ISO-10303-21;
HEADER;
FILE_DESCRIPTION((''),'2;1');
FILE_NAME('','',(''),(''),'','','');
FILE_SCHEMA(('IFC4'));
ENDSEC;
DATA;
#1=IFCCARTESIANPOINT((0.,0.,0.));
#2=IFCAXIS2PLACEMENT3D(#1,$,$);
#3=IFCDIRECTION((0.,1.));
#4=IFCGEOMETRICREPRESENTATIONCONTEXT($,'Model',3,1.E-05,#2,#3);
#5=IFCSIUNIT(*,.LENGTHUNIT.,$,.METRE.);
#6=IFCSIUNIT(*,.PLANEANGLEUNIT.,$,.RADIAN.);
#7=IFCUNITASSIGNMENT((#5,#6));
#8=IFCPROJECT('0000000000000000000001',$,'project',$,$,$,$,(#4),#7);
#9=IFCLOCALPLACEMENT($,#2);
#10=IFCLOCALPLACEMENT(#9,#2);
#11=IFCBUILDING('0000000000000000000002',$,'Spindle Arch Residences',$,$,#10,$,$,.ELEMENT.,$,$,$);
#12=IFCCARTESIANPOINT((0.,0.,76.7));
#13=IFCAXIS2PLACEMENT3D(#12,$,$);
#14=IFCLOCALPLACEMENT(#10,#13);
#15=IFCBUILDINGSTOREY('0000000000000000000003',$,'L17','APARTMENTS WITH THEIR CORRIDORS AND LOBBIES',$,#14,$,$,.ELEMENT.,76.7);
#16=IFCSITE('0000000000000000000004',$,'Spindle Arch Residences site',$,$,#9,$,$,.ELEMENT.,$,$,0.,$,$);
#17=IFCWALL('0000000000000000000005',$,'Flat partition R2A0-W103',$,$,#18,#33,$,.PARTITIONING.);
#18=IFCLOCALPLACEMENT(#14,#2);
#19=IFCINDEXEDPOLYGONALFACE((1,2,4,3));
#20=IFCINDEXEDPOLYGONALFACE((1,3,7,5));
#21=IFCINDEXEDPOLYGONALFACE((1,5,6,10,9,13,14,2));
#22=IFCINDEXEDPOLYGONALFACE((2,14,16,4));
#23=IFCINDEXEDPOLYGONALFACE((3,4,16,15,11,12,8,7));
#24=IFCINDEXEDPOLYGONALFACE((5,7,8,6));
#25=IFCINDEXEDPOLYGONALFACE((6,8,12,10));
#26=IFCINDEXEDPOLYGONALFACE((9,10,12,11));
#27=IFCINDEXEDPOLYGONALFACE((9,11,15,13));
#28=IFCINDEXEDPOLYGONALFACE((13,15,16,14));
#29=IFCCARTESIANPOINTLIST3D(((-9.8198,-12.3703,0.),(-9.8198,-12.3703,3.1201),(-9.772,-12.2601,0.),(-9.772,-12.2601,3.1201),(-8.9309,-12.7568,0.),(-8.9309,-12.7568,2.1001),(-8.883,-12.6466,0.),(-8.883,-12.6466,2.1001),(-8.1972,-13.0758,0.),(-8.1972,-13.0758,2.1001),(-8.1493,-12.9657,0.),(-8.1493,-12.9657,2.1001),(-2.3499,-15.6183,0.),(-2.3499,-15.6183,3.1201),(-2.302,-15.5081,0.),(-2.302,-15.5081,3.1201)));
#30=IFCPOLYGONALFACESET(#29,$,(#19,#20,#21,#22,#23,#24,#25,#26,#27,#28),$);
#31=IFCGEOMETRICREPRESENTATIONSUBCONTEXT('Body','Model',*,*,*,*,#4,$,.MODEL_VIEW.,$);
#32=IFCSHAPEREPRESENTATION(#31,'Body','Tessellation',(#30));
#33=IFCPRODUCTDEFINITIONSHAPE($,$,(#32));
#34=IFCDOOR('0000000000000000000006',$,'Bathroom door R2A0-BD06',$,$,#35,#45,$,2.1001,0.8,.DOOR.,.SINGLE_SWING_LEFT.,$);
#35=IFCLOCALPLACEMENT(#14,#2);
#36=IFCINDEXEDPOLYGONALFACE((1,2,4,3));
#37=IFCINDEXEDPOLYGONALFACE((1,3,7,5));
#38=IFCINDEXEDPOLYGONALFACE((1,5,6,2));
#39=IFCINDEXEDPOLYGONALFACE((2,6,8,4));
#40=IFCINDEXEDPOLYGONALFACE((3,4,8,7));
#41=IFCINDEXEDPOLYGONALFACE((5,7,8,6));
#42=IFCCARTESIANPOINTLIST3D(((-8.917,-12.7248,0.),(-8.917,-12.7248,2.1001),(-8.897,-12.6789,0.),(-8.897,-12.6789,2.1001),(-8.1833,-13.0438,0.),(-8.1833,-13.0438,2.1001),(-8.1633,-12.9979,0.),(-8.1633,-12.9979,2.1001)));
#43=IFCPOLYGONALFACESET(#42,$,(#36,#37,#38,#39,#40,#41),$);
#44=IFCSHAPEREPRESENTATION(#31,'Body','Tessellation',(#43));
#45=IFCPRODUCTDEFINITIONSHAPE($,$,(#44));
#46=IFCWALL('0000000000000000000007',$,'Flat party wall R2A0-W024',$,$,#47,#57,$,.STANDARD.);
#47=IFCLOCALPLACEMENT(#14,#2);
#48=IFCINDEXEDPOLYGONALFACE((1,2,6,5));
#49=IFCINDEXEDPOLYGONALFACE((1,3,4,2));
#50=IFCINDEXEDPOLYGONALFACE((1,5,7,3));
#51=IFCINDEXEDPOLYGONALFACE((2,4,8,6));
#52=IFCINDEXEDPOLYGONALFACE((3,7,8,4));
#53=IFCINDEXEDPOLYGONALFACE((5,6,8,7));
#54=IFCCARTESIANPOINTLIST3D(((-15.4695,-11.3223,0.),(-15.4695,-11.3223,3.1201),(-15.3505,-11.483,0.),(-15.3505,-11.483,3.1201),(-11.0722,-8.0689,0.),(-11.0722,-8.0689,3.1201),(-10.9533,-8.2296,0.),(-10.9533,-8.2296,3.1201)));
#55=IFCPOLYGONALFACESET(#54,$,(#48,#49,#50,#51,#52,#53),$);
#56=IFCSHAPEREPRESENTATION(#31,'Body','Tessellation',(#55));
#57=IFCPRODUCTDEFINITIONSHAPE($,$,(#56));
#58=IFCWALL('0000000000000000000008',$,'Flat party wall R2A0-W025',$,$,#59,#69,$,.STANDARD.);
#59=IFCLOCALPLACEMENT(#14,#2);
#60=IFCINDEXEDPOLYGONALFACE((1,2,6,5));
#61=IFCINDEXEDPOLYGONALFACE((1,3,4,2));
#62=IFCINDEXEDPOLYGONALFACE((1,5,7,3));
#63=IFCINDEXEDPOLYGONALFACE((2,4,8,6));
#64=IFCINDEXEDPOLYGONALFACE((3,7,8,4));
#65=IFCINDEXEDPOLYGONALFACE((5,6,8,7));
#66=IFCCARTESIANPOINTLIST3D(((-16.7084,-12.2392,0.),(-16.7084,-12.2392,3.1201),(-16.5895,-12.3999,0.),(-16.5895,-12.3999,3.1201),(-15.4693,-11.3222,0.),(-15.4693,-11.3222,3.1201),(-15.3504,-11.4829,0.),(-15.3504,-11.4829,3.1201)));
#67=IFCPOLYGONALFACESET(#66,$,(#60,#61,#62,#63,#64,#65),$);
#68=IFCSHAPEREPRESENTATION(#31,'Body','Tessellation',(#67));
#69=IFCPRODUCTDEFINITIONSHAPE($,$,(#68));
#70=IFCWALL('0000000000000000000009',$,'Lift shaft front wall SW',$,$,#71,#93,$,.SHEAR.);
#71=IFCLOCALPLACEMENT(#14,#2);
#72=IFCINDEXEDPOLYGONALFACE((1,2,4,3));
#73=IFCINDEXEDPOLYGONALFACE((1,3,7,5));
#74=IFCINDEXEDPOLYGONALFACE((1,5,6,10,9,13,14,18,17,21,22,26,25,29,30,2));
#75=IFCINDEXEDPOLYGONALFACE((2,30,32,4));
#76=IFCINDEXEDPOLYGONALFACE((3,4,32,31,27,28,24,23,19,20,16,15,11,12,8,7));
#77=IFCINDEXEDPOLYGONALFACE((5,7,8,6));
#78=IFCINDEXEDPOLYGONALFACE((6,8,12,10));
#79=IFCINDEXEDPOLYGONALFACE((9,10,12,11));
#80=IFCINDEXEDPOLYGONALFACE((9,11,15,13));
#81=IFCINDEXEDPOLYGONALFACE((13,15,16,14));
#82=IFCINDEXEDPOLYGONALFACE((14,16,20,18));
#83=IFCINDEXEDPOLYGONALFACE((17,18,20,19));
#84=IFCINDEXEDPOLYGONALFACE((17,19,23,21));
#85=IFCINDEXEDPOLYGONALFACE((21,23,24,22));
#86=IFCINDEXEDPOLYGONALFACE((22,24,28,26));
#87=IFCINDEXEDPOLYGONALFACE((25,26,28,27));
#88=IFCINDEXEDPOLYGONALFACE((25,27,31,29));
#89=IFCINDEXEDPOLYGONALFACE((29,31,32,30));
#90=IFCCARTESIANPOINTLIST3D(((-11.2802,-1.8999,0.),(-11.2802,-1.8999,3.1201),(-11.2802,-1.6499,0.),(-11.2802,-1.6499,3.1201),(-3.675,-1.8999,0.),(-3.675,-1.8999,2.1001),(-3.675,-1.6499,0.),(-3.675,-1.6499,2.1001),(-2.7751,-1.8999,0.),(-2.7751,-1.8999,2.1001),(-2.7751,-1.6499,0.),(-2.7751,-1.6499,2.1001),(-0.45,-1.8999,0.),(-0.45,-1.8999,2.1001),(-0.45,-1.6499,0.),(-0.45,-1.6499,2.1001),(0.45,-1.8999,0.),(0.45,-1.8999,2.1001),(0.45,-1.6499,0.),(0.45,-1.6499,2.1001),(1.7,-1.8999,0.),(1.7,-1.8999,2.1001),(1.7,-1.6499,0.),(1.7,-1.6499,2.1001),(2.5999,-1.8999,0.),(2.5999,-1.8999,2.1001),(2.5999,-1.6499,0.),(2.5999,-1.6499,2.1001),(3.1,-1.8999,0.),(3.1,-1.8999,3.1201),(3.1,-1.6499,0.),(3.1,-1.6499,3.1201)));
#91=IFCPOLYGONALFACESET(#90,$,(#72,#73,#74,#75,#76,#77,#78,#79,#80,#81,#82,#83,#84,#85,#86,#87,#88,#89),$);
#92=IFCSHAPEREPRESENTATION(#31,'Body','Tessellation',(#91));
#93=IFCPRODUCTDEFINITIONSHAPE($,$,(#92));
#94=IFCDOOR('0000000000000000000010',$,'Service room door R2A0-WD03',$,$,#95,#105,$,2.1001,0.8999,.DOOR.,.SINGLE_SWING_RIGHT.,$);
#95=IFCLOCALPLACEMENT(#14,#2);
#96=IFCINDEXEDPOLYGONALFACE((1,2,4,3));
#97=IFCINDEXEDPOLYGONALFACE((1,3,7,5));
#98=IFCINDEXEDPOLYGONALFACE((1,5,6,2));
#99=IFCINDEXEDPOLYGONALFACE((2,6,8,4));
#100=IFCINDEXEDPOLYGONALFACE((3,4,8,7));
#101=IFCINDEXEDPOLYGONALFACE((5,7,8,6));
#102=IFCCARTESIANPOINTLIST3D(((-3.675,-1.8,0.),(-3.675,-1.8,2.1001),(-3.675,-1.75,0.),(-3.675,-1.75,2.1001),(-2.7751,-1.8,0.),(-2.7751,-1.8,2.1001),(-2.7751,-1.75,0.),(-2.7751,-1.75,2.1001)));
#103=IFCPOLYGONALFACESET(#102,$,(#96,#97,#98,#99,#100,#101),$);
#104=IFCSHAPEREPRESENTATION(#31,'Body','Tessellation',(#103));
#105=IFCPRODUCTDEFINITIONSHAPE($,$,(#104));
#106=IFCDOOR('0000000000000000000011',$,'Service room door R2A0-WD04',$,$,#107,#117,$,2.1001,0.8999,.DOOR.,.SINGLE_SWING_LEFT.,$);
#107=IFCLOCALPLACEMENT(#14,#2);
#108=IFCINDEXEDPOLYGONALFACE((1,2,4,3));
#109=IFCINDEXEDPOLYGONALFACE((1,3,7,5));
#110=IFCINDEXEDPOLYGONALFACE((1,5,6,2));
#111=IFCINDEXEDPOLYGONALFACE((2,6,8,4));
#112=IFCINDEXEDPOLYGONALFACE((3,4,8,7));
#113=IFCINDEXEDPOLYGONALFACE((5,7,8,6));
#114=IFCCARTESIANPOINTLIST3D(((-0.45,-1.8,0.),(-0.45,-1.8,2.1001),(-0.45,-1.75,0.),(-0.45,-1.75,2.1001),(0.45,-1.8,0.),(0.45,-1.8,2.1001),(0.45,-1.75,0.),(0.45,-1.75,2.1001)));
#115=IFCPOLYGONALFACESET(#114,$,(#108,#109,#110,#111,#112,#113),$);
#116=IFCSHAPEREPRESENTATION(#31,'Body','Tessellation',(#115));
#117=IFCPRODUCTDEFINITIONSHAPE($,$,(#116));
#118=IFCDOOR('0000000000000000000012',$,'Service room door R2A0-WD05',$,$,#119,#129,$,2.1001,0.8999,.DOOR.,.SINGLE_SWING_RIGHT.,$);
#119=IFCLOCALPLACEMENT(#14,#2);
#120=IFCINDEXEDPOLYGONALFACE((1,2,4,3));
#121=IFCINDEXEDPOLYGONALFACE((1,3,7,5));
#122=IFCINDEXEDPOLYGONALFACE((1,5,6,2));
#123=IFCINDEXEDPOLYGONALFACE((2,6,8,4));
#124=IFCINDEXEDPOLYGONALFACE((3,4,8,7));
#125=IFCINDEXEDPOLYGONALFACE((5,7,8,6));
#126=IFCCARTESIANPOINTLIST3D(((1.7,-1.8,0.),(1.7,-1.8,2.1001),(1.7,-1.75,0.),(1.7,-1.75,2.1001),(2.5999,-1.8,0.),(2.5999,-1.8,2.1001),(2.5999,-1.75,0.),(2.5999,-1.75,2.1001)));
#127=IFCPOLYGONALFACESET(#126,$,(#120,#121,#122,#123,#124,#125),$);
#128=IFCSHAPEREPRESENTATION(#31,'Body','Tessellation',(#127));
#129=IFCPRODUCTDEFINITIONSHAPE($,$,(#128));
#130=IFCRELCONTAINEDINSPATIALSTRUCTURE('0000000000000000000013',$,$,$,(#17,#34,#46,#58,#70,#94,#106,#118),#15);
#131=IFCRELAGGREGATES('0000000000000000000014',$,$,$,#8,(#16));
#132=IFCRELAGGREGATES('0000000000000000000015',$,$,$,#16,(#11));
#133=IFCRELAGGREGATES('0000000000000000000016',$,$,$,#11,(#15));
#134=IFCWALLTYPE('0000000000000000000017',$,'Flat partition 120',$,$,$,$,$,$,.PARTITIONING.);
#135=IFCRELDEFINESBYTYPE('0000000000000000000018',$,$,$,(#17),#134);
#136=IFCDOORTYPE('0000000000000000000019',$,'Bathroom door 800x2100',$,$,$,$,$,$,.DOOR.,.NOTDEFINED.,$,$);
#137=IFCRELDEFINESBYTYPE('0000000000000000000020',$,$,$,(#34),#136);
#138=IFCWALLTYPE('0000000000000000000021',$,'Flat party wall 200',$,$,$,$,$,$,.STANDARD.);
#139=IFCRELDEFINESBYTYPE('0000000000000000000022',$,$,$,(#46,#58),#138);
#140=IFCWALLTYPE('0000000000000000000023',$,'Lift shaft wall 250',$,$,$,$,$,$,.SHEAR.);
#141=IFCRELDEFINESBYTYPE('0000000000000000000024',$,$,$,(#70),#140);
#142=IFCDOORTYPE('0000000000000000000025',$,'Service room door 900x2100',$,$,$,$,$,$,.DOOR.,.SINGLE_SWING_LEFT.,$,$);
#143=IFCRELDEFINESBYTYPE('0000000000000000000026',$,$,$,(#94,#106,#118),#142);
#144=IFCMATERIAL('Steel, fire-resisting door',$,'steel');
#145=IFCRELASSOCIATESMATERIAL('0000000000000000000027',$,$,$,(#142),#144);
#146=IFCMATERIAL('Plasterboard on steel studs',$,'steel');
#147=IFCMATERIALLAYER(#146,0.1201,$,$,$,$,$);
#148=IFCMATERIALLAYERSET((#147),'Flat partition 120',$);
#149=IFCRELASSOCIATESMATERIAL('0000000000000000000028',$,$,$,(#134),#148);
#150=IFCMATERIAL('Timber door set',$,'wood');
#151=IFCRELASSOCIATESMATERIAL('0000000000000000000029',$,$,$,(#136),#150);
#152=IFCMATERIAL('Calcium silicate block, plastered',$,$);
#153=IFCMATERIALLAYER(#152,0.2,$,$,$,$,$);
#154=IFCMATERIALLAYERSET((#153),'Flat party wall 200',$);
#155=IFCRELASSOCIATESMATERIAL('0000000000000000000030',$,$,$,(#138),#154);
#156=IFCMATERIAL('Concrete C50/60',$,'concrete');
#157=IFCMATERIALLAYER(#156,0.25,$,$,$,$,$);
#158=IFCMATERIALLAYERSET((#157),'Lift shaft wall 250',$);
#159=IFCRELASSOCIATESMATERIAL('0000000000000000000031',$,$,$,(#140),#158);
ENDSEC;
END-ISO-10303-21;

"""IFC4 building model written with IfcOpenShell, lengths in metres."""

from ifc_helpers import new_model, si_unit, direction, frame, frame_2d, origin, place, context, subcontext, project, spatial, rectangle, extrude, material, layer, layer_set, type_object, element, fill, save


model = new_model("IFC4")

# Units and contexts
model_context = context("Model", 3, precision=1e-05, world=origin(), true_north=direction((0.0, 1.0)))
body_context = subcontext(model_context, "Body", "Model", "MODEL_VIEW")
ifc_project = project(units=[si_unit("LENGTHUNIT", "METRE"), si_unit("PLANEANGLEUNIT", "RADIAN")], contexts=[model_context])

# Site, building, storey
site_placement = place(None, origin())
site = spatial("IfcSite", under=ifc_project, at=site_placement, Name="Spindle Arch Residences site", CompositionType="ELEMENT", RefElevation=0.0)
building_placement = place(site_placement, origin())
building = spatial("IfcBuilding", under=site, at=building_placement, Name="Spindle Arch Residences", CompositionType="ELEMENT")
storey_placement = place(building_placement, frame((0.0, 0.0, 76.7)))
storey = spatial("IfcBuildingStorey", under=building, at=storey_placement, Name="L17", Description="APARTMENTS WITH THEIR CORRIDORS AND LOBBIES", CompositionType="ELEMENT", Elevation=76.7)

# Shared definitions
ifc_material_1 = material(Name="Steel, fire-resisting door", Category="steel")
door_type_1 = type_object("IfcDoorType", Name="Service room door 900x2100", OperationType="SINGLE_SWING_LEFT", PredefinedType="DOOR", material=ifc_material_1)

# Shared definitions
ifc_material_2 = material(Name="Plasterboard on steel studs", Category="steel")
ifc_layer_1 = layer(ifc_material_2, 0.1201)
ifc_layer_set_1 = layer_set([ifc_layer_1], Name="Flat partition 120")
wall_type_1 = type_object("IfcWallType", Name="Flat partition 120", PredefinedType="PARTITIONING", material=ifc_layer_set_1)

# Wall, opening, door
wall_1_placement = place(storey_placement, frame((-9.7959, -12.3152, 0.0), z_axis=(0.0, 0.0, 1.0), x_axis=(0.91706, -0.39875, 0.0)))
wall_1 = element("IfcWall", 1, at=wall_1_placement, inside=storey, type_object=wall_type_1, Name="Flat partition R2A0-W103", PredefinedType="PARTITIONING", context=body_context, shape_type="SweptSolid", body=[
    extrude(rectangle(XDim=8.1455, YDim=0.1201, at=frame_2d((4.0728, 0.0))), origin(), (0.0, 0.0, 1.0), 3.1201),
])
opening_1_placement = place(wall_1_placement, frame((0.9695, 0.0, 0.0)))
opening_1 = element("IfcOpeningElement", 2, at=opening_1_placement, cuts=wall_1, PredefinedType="OPENING", context=body_context, shape_type="SweptSolid", body=[
    extrude(rectangle(XDim=0.8, YDim=2.1001, at=frame_2d((0.3999, 1.05))), frame((0.0, 0.0701, 0.0), z_axis=(0.0, -1.0, 0.0), x_axis=(1.0, 0.0, 0.0)), (0.0, 0.0, 1.0), 0.1401),
])
ifc_material_3 = material(Name="Timber door set", Category="wood")
door_type_2 = type_object("IfcDoorType", Name="Bathroom door 800x2100", OperationType="NOTDEFINED", PredefinedType="DOOR", material=ifc_material_3)
door_1_placement = place(opening_1_placement, origin())
door_1 = element("IfcDoor", 3, at=door_1_placement, inside=storey, type_object=door_type_2, Name="Bathroom door R2A0-BD06", OperationType="SINGLE_SWING_LEFT", OverallHeight=2.1001, OverallWidth=0.8, PredefinedType="DOOR", context=body_context, shape_type="SweptSolid", body=[
    extrude(rectangle(XDim=0.8, YDim=2.1001, at=frame_2d((0.3999, 1.05))), frame((0.0, 0.0249, 0.0), z_axis=(0.0, -1.0, 0.0), x_axis=(1.0, 0.0, 0.0)), (0.0, 0.0, 1.0), 0.05),
])
fill(opening_1, door_1)

# Walls
ifc_material_4 = material(Name="Calcium silicate block, plastered")
ifc_layer_2 = layer(ifc_material_4, 0.2)
ifc_layer_set_2 = layer_set([ifc_layer_2], Name="Flat party wall 200")
wall_type_2 = type_object("IfcWallType", Name="Flat party wall 200", PredefinedType="STANDARD", material=ifc_layer_set_2)
wall_2_placement = place(storey_placement, frame((-15.4099, -11.4026, 0.0), z_axis=(0.0, 0.0, 1.0), x_axis=(0.803888, 0.594781, 0.0)))
element("IfcWall", 4, at=wall_2_placement, inside=storey, type_object=wall_type_2, Name="Flat party wall R2A0-W024", PredefinedType="STANDARD", context=body_context, shape_type="SweptSolid", body=[
    extrude(rectangle(XDim=5.47, YDim=0.2, at=frame_2d((2.7349, 0.0))), origin(), (0.0, 0.0, 1.0), 3.1201),
])
wall_3_placement = place(storey_placement, frame((-16.6489, -12.3196, 0.0), z_axis=(0.0, 0.0, 1.0), x_axis=(0.803804, 0.594894, 0.0)))
element("IfcWall", 5, at=wall_3_placement, inside=storey, type_object=wall_type_2, Name="Flat party wall R2A0-W025", PredefinedType="STANDARD", context=body_context, shape_type="SweptSolid", body=[
    extrude(rectangle(XDim=1.5415, YDim=0.2, at=frame_2d((0.7708, 0.0))), origin(), (0.0, 0.0, 1.0), 3.1201),
])

# Wall, openings, doors
ifc_material_5 = material(Name="Concrete C50/60", Category="concrete")
ifc_layer_3 = layer(ifc_material_5, 0.25)
ifc_layer_set_3 = layer_set([ifc_layer_3], Name="Lift shaft wall 250")
wall_type_3 = type_object("IfcWallType", Name="Lift shaft wall 250", PredefinedType="SHEAR", material=ifc_layer_set_3)
wall_4_placement = place(storey_placement, frame((-11.28, -1.7749, 0.0), z_axis=(0.0, 0.0, 1.0), x_axis=(1.0, 0.0, 0.0)))
wall_4 = element("IfcWall", 6, at=wall_4_placement, inside=storey, type_object=wall_type_3, Name="Lift shaft front wall SW", PredefinedType="SHEAR", context=body_context, shape_type="SweptSolid", body=[
    extrude(rectangle(XDim=14.3801, YDim=0.25, at=frame_2d((7.1899, 0.0))), origin(), (0.0, 0.0, 1.0), 3.1201),
])
opening_2_placement = place(wall_4_placement, frame((7.605, 0.0, 0.0)))
opening_2 = element("IfcOpeningElement", 7, at=opening_2_placement, cuts=wall_4, PredefinedType="OPENING", context=body_context, shape_type="SweptSolid", body=[
    extrude(rectangle(XDim=0.8999, YDim=2.1001, at=frame_2d((0.45, 1.05))), frame((0.0, 0.135, 0.0), z_axis=(0.0, -1.0, 0.0), x_axis=(1.0, 0.0, 0.0)), (0.0, 0.0, 1.0), 0.27),
])
opening_3_placement = place(wall_4_placement, frame((10.8301, 0.0, 0.0)))
opening_3 = element("IfcOpeningElement", 8, at=opening_3_placement, cuts=wall_4, PredefinedType="OPENING", context=body_context, shape_type="SweptSolid", body=[
    extrude(rectangle(XDim=0.8999, YDim=2.1001, at=frame_2d((0.45, 1.05))), frame((0.0, 0.135, 0.0), z_axis=(0.0, -1.0, 0.0), x_axis=(1.0, 0.0, 0.0)), (0.0, 0.0, 1.0), 0.27),
])
opening_4_placement = place(wall_4_placement, frame((12.98, 0.0, 0.0)))
opening_4 = element("IfcOpeningElement", 9, at=opening_4_placement, cuts=wall_4, PredefinedType="OPENING", context=body_context, shape_type="SweptSolid", body=[
    extrude(rectangle(XDim=0.8999, YDim=2.1001, at=frame_2d((0.45, 1.05))), frame((0.0, 0.135, 0.0), z_axis=(0.0, -1.0, 0.0), x_axis=(1.0, 0.0, 0.0)), (0.0, 0.0, 1.0), 0.27),
])
door_2_placement = place(opening_2_placement, origin())
door_2 = element("IfcDoor", 10, at=door_2_placement, inside=storey, type_object=door_type_1, Name="Service room door R2A0-WD03", OperationType="SINGLE_SWING_RIGHT", OverallHeight=2.1001, OverallWidth=0.8999, PredefinedType="DOOR", context=body_context, shape_type="SweptSolid", body=[
    extrude(rectangle(XDim=0.8999, YDim=2.1001, at=frame_2d((0.45, 1.05))), frame((0.0, 0.0249, 0.0), z_axis=(0.0, -1.0, 0.0), x_axis=(1.0, 0.0, 0.0)), (0.0, 0.0, 1.0), 0.05),
])
fill(opening_2, door_2)
door_3_placement = place(opening_3_placement, origin())
door_3 = element("IfcDoor", 11, at=door_3_placement, inside=storey, type_object=door_type_1, Name="Service room door R2A0-WD04", OperationType="SINGLE_SWING_LEFT", OverallHeight=2.1001, OverallWidth=0.8999, PredefinedType="DOOR", context=body_context, shape_type="SweptSolid", body=[
    extrude(rectangle(XDim=0.8999, YDim=2.1001, at=frame_2d((0.45, 1.05))), frame((0.0, 0.0249, 0.0), z_axis=(0.0, -1.0, 0.0), x_axis=(1.0, 0.0, 0.0)), (0.0, 0.0, 1.0), 0.05),
])
fill(opening_3, door_3)
door_4_placement = place(opening_4_placement, origin())
door_4 = element("IfcDoor", 12, at=door_4_placement, inside=storey, type_object=door_type_1, Name="Service room door R2A0-WD05", OperationType="SINGLE_SWING_RIGHT", OverallHeight=2.1001, OverallWidth=0.8999, PredefinedType="DOOR", context=body_context, shape_type="SweptSolid", body=[
    extrude(rectangle(XDim=0.8999, YDim=2.1001, at=frame_2d((0.45, 1.05))), frame((0.0, 0.0249, 0.0), z_axis=(0.0, -1.0, 0.0), x_axis=(1.0, 0.0, 0.0)), (0.0, 0.0, 1.0), 0.05),
])
fill(opening_4, door_4)

save(model, "model.ifc")
